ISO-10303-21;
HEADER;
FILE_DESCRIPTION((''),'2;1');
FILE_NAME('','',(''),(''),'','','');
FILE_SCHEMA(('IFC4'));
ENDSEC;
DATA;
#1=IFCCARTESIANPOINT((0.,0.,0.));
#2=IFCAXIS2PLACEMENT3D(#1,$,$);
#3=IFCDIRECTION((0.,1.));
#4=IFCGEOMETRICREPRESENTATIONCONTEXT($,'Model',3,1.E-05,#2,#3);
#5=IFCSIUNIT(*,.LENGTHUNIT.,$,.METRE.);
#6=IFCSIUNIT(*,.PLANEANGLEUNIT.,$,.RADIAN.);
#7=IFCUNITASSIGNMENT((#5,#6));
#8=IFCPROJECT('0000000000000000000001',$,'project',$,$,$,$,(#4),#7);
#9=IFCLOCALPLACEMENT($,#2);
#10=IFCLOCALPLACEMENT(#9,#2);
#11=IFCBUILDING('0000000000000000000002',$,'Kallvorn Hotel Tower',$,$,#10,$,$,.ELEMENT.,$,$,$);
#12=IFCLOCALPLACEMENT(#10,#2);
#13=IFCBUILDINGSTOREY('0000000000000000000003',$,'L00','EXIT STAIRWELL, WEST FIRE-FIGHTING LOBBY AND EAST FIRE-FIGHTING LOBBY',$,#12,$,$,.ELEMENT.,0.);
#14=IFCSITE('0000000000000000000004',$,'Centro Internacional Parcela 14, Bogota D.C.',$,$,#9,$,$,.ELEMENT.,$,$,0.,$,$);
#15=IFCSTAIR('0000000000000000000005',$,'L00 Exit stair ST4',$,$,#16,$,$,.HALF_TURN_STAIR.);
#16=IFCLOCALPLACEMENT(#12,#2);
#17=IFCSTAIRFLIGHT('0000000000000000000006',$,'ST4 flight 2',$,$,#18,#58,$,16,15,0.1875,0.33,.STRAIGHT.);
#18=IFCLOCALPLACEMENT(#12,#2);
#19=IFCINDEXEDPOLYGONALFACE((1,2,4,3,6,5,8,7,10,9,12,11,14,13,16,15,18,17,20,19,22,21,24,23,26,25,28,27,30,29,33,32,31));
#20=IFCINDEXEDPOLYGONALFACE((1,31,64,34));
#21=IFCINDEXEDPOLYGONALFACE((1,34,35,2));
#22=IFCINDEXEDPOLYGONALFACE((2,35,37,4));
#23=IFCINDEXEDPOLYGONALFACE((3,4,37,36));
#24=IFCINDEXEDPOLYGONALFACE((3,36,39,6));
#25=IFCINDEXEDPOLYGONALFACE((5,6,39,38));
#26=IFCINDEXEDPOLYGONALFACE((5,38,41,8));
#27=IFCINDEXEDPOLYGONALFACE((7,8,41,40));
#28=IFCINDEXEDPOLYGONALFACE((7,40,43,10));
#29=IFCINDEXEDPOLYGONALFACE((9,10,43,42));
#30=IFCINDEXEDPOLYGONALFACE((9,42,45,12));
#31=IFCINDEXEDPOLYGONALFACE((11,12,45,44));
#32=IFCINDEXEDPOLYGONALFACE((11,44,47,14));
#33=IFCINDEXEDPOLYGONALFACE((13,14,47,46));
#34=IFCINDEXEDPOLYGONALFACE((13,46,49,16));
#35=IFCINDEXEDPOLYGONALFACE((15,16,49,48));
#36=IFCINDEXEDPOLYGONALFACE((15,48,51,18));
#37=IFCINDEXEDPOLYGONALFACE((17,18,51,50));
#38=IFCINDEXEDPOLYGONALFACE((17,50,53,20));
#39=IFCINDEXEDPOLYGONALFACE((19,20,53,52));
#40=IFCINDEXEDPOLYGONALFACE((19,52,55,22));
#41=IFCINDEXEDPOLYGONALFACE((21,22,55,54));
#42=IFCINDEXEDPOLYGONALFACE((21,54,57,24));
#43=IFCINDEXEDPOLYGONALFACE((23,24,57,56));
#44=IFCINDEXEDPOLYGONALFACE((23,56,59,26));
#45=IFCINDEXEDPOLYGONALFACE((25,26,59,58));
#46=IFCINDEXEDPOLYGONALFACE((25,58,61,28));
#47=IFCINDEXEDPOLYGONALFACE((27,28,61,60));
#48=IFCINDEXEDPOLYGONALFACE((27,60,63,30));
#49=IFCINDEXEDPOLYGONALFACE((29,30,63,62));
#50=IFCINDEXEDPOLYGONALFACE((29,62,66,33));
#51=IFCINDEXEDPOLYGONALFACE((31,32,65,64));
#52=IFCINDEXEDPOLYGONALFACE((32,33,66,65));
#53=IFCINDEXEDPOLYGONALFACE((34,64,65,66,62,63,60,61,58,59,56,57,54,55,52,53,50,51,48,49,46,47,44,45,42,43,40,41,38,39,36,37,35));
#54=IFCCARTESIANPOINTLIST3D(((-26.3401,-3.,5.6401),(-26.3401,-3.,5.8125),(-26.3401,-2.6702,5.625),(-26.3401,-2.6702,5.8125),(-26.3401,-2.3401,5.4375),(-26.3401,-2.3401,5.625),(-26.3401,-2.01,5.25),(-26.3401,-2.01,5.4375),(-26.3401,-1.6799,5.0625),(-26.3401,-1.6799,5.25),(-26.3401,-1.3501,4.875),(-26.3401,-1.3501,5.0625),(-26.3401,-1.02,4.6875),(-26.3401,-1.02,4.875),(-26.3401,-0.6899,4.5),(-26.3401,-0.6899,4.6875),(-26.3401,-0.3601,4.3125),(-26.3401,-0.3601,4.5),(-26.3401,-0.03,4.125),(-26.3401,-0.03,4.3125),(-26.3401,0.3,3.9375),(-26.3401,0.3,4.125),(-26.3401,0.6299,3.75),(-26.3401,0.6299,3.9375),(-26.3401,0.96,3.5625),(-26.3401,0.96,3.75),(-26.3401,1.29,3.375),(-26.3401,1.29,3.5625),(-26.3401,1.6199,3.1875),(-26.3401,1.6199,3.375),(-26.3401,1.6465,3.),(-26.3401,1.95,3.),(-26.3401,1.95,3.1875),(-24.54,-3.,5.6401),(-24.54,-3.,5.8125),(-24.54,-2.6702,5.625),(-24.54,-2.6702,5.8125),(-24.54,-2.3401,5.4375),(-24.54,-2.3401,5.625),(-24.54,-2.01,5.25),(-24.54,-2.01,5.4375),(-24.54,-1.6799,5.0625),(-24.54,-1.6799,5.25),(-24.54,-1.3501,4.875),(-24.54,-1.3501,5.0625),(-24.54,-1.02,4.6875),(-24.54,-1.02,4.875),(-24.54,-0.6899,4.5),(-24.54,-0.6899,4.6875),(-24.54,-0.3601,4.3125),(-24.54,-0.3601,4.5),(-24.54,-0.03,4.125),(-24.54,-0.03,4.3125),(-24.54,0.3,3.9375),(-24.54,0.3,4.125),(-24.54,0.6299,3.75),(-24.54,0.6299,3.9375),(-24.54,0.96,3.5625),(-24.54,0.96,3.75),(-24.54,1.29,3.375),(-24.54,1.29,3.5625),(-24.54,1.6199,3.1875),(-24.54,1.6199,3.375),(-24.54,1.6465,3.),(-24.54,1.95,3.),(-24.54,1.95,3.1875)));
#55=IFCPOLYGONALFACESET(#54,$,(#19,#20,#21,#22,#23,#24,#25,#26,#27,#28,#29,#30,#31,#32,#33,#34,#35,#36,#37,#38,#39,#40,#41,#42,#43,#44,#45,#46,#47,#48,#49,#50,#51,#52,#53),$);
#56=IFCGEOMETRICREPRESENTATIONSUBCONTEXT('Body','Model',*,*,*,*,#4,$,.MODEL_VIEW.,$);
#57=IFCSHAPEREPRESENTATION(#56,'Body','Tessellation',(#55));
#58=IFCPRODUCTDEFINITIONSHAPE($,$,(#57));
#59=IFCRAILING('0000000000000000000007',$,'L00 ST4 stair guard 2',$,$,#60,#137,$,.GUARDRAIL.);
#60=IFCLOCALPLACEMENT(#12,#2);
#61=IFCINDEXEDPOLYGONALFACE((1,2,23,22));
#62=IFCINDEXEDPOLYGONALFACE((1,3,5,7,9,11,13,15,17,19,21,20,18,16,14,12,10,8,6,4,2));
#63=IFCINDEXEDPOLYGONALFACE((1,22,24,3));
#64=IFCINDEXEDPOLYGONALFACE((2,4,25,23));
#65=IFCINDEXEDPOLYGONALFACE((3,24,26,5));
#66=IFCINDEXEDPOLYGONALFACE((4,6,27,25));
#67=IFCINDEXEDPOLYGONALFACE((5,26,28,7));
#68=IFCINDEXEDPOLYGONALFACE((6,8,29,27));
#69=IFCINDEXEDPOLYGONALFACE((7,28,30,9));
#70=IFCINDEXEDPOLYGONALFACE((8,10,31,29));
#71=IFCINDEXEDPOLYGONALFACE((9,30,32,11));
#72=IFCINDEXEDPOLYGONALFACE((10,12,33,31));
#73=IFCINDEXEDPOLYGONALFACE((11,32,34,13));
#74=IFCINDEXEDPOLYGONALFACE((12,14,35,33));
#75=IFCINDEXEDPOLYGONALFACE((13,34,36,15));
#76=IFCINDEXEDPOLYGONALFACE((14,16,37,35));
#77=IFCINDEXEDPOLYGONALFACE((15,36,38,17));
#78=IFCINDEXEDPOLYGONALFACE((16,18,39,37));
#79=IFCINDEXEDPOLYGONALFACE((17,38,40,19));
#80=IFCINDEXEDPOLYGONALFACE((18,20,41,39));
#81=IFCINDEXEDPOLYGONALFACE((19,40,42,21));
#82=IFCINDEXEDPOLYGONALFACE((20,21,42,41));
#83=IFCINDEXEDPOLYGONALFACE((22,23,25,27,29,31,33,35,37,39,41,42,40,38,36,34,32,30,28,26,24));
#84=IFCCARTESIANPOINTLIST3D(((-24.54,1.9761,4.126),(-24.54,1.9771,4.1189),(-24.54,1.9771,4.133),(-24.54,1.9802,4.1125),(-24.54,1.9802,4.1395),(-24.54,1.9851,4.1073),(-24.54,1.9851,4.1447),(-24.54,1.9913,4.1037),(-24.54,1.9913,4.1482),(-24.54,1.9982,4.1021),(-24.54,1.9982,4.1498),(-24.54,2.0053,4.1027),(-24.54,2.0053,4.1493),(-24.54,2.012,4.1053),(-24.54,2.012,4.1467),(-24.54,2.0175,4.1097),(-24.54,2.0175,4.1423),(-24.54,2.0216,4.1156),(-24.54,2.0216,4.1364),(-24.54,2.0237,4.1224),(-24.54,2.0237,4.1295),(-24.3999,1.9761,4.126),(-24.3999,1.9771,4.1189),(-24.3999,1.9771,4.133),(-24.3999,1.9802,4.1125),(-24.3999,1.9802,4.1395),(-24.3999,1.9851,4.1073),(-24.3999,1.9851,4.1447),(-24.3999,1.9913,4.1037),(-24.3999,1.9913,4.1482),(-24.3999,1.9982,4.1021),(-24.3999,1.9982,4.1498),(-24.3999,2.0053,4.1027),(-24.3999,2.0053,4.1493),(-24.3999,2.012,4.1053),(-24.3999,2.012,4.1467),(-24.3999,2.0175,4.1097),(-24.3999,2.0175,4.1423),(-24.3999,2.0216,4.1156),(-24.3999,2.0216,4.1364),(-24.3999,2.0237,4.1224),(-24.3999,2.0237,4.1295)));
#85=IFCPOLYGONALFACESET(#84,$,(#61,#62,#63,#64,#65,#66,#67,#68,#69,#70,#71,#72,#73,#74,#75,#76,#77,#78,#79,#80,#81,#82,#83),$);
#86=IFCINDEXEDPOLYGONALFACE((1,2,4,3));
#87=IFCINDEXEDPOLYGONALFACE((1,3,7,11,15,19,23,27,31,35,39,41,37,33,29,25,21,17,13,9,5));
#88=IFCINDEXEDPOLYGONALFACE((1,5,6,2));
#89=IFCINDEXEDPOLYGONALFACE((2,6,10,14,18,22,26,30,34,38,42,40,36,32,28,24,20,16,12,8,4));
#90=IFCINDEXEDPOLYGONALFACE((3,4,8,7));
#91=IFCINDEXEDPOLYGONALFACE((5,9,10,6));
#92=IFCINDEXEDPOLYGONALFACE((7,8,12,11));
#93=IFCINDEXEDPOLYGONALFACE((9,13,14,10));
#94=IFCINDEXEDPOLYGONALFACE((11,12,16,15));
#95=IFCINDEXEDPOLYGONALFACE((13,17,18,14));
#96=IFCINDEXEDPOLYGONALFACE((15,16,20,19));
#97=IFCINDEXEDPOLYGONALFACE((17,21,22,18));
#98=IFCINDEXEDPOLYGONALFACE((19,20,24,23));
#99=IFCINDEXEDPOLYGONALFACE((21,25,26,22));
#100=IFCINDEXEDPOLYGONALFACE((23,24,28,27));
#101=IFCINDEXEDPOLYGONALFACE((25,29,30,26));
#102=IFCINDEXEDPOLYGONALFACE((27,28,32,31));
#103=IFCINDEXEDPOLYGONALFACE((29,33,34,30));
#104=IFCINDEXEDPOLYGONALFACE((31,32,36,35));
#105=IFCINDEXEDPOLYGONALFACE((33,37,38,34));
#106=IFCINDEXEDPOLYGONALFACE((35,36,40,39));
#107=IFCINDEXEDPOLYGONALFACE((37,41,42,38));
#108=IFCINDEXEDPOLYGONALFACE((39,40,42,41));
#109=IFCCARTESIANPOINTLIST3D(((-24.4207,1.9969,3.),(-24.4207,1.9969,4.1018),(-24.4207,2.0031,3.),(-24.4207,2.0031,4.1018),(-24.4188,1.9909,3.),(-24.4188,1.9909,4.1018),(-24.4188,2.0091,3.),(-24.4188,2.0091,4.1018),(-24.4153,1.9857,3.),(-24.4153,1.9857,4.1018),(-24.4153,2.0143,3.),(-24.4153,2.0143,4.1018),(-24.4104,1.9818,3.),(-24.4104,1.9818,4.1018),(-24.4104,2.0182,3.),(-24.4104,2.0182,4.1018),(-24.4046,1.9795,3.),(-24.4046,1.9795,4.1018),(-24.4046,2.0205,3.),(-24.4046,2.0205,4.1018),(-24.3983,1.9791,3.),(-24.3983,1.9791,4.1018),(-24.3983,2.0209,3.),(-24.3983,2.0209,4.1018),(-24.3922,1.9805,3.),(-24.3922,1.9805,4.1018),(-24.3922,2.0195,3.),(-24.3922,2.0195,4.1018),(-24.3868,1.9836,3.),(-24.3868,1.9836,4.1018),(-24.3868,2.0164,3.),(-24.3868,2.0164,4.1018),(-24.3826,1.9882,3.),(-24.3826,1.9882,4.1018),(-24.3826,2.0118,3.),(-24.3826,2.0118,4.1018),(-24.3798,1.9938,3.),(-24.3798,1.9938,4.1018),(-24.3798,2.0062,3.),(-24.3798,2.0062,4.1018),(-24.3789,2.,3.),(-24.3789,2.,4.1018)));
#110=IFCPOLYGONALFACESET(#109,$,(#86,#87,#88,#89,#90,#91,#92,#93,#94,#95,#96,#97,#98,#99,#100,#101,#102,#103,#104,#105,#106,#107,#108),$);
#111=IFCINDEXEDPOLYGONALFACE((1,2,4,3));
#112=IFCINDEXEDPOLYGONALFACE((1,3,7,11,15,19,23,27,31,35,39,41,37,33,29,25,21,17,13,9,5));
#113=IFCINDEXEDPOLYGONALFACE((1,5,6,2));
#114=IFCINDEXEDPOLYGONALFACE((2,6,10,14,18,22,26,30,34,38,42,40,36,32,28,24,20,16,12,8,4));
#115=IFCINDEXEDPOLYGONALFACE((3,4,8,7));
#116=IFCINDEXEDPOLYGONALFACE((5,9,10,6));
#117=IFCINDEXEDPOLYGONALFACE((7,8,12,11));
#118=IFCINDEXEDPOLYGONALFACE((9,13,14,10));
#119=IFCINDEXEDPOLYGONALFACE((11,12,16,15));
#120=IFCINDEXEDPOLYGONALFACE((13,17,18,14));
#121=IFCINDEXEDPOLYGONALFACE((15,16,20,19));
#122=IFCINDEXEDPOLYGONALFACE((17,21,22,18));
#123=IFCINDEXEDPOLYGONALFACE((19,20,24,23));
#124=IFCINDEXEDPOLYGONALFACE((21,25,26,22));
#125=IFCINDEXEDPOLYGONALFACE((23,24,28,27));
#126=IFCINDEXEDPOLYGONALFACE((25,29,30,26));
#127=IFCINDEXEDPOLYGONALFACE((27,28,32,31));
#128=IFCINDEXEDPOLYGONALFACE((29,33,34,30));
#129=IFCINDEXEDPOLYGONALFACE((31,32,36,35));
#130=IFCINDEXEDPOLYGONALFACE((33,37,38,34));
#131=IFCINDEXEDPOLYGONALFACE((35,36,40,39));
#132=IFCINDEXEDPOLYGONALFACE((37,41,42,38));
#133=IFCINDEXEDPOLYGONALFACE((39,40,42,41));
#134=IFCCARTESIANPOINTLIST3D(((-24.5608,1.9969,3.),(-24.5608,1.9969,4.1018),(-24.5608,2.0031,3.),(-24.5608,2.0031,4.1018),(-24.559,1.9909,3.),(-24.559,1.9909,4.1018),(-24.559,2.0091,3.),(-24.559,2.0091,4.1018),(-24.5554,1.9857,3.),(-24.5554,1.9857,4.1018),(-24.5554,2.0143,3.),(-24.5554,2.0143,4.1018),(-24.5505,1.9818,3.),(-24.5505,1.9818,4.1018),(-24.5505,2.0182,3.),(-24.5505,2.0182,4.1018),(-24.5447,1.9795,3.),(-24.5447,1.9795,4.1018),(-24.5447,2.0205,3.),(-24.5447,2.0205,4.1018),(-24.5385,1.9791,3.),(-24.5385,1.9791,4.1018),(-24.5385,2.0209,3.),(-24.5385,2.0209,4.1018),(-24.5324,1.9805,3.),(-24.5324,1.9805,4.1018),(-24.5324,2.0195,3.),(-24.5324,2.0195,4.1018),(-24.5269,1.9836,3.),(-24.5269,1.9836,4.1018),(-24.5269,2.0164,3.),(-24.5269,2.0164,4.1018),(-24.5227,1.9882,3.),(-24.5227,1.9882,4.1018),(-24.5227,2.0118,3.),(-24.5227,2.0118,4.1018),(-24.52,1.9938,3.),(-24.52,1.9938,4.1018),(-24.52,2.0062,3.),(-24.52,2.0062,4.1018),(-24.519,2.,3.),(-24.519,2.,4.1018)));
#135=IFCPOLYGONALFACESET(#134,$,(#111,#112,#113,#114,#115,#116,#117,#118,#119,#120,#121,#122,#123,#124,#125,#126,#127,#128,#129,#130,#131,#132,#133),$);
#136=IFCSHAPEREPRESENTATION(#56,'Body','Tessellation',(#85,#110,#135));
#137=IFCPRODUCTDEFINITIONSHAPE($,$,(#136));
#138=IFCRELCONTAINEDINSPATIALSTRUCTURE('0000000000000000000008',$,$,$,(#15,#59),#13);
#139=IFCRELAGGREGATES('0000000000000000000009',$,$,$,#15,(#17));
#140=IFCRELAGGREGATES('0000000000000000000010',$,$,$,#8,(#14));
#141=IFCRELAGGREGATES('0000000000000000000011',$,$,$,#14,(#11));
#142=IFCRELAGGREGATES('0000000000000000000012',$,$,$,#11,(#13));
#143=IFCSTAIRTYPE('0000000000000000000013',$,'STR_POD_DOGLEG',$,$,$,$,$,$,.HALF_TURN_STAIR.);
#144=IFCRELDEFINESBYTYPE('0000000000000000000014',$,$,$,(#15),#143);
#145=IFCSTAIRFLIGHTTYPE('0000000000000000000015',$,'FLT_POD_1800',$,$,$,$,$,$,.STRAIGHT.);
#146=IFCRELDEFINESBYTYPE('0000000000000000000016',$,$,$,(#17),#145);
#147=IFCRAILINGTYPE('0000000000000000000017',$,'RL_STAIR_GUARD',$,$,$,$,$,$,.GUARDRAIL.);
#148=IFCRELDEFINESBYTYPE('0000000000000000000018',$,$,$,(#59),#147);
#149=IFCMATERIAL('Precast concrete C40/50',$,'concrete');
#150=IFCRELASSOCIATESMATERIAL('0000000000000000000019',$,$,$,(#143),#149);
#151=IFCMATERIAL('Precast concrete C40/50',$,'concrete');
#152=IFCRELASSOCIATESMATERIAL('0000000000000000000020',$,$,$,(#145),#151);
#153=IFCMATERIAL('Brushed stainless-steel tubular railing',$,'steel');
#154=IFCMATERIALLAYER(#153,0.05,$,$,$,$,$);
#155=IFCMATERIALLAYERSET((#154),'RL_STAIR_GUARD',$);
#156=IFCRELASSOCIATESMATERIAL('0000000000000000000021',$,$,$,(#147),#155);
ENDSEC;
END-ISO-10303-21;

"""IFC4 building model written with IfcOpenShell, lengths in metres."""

from ifc_helpers import new_model, si_unit, direction, frame, origin, origin_2d, place, context, subcontext, project, spatial, polyline, circle, outline, extrude, material, layer, layer_set, type_object, element, aggregate, save


model = new_model("IFC4")

# Units and contexts
model_context = context("Model", 3, precision=1e-05, world=origin(), true_north=direction((0.0, 1.0)))
body_context = subcontext(model_context, "Body", "Model", "MODEL_VIEW")
ifc_project = project(units=[si_unit("LENGTHUNIT", "METRE"), si_unit("PLANEANGLEUNIT", "RADIAN")], contexts=[model_context])

# Site, building, storey
site_placement = place(None, origin())
site = spatial("IfcSite", under=ifc_project, at=site_placement, Name="Centro Internacional Parcela 14, Bogota D.C.", CompositionType="ELEMENT", RefElevation=0.0)
building_placement = place(site_placement, origin())
building = spatial("IfcBuilding", under=site, at=building_placement, Name="Kallvorn Hotel Tower", CompositionType="ELEMENT")
storey_placement = place(building_placement, origin())
storey = spatial("IfcBuildingStorey", under=building, at=storey_placement, Name="L00", Description="EXIT STAIRWELL, WEST FIRE-FIGHTING LOBBY AND EAST FIRE-FIGHTING LOBBY", CompositionType="ELEMENT", Elevation=0.0)

# Stair, stair flight
ifc_material_1 = material(Name="Precast concrete C40/50", Category="concrete")
stair_type = type_object("IfcStairType", Name="STR_POD_DOGLEG", PredefinedType="HALF_TURN_STAIR", material=ifc_material_1)
stair_placement = place(storey_placement, origin())
stair = element("IfcStair", 1, at=stair_placement, inside=storey, type_object=stair_type, Name="L00 Exit stair ST4", PredefinedType="HALF_TURN_STAIR")
ifc_material_2 = material(Name="Precast concrete C40/50", Category="concrete")
stair_flight_type = type_object("IfcStairFlightType", Name="FLT_POD_1800", PredefinedType="STRAIGHT", material=ifc_material_2)
stair_flight_placement = place(storey_placement, frame((-25.4399, 1.95, 3.0), z_axis=(0.0, 0.0, 1.0), x_axis=(0.0, -1.0, 0.0)))
stair_flight = element("IfcStairFlight", 2, at=stair_flight_placement, type_object=stair_flight_type, Name="ST4 flight 2", NumberOfRisers=16, NumberOfTreads=15, PredefinedType="STRAIGHT", RiserHeight=0.1875, TreadLength=0.33, context=body_context, shape_type="SweptSolid", body=[
    extrude(outline(polyline([(0.0, 0.0), (0.0, 0.1875), (0.3301, 0.1875), (0.3301, 0.375), (0.6599, 0.375), (0.6599, 0.5625), (0.99, 0.5625), (0.99, 0.75), (1.3201, 0.75), (1.3201, 0.9375), (1.6499, 0.9375), (1.6499, 1.125), (1.98, 1.125), (1.98, 1.3125), (2.3101, 1.3125), (2.3101, 1.5), (2.6399, 1.5), (2.6399, 1.6875), (2.97, 1.6875), (2.97, 1.875), (3.3, 1.875), (3.3, 2.0625), (3.6299, 2.0625), (3.6299, 2.25), (3.96, 2.25), (3.96, 2.4375), (4.29, 2.4375), (4.29, 2.625), (4.6201, 2.625), (4.6201, 2.8125), (4.95, 2.8125), (4.95, 3.0), (4.95, 2.6401), (0.3035, 0.0), (0.0, 0.0)])), frame((0.0, 0.8999, 0.0), z_axis=(0.0, -1.0, 0.0), x_axis=(1.0, 0.0, 0.0)), (0.0, 0.0, 1.0), 1.8),
])
aggregate(stair, [stair_flight])

# Railing
ifc_material_3 = material(Name="Brushed stainless-steel tubular railing", Category="steel")
ifc_layer_1 = layer(ifc_material_3, 0.05)
ifc_layer_set_1 = layer_set([ifc_layer_1], Name="RL_STAIR_GUARD")
railing_type_1 = type_object("IfcRailingType", Name="RL_STAIR_GUARD", PredefinedType="GUARDRAIL", material=ifc_layer_set_1)
railing_1_placement = place(storey_placement, frame((-24.3999, 2.0, 3.0)))
element("IfcRailing", 3, at=railing_1_placement, inside=storey, type_object=railing_type_1, Name="L00 ST4 stair guard 2", PredefinedType="GUARDRAIL", context=body_context, shape_type="SweptSolid", body=[
    extrude(circle(Radius=0.0239, at=origin_2d()), frame((0.0, 0.0, 1.126), z_axis=(-1.0, 0.0, 0.0), x_axis=(0.0, -1.0, 0.0)), (0.0, 0.0, 1.0), 0.1401),
    extrude(circle(Radius=0.021, at=origin_2d()), origin(), (0.0, 0.0, 1.0), 1.1018),
    extrude(circle(Radius=0.021, at=origin_2d()), frame((-0.1401, 0.0, 0.0)), (0.0, 0.0, 1.0), 1.1018),
])

save(model, "model.ifc")
